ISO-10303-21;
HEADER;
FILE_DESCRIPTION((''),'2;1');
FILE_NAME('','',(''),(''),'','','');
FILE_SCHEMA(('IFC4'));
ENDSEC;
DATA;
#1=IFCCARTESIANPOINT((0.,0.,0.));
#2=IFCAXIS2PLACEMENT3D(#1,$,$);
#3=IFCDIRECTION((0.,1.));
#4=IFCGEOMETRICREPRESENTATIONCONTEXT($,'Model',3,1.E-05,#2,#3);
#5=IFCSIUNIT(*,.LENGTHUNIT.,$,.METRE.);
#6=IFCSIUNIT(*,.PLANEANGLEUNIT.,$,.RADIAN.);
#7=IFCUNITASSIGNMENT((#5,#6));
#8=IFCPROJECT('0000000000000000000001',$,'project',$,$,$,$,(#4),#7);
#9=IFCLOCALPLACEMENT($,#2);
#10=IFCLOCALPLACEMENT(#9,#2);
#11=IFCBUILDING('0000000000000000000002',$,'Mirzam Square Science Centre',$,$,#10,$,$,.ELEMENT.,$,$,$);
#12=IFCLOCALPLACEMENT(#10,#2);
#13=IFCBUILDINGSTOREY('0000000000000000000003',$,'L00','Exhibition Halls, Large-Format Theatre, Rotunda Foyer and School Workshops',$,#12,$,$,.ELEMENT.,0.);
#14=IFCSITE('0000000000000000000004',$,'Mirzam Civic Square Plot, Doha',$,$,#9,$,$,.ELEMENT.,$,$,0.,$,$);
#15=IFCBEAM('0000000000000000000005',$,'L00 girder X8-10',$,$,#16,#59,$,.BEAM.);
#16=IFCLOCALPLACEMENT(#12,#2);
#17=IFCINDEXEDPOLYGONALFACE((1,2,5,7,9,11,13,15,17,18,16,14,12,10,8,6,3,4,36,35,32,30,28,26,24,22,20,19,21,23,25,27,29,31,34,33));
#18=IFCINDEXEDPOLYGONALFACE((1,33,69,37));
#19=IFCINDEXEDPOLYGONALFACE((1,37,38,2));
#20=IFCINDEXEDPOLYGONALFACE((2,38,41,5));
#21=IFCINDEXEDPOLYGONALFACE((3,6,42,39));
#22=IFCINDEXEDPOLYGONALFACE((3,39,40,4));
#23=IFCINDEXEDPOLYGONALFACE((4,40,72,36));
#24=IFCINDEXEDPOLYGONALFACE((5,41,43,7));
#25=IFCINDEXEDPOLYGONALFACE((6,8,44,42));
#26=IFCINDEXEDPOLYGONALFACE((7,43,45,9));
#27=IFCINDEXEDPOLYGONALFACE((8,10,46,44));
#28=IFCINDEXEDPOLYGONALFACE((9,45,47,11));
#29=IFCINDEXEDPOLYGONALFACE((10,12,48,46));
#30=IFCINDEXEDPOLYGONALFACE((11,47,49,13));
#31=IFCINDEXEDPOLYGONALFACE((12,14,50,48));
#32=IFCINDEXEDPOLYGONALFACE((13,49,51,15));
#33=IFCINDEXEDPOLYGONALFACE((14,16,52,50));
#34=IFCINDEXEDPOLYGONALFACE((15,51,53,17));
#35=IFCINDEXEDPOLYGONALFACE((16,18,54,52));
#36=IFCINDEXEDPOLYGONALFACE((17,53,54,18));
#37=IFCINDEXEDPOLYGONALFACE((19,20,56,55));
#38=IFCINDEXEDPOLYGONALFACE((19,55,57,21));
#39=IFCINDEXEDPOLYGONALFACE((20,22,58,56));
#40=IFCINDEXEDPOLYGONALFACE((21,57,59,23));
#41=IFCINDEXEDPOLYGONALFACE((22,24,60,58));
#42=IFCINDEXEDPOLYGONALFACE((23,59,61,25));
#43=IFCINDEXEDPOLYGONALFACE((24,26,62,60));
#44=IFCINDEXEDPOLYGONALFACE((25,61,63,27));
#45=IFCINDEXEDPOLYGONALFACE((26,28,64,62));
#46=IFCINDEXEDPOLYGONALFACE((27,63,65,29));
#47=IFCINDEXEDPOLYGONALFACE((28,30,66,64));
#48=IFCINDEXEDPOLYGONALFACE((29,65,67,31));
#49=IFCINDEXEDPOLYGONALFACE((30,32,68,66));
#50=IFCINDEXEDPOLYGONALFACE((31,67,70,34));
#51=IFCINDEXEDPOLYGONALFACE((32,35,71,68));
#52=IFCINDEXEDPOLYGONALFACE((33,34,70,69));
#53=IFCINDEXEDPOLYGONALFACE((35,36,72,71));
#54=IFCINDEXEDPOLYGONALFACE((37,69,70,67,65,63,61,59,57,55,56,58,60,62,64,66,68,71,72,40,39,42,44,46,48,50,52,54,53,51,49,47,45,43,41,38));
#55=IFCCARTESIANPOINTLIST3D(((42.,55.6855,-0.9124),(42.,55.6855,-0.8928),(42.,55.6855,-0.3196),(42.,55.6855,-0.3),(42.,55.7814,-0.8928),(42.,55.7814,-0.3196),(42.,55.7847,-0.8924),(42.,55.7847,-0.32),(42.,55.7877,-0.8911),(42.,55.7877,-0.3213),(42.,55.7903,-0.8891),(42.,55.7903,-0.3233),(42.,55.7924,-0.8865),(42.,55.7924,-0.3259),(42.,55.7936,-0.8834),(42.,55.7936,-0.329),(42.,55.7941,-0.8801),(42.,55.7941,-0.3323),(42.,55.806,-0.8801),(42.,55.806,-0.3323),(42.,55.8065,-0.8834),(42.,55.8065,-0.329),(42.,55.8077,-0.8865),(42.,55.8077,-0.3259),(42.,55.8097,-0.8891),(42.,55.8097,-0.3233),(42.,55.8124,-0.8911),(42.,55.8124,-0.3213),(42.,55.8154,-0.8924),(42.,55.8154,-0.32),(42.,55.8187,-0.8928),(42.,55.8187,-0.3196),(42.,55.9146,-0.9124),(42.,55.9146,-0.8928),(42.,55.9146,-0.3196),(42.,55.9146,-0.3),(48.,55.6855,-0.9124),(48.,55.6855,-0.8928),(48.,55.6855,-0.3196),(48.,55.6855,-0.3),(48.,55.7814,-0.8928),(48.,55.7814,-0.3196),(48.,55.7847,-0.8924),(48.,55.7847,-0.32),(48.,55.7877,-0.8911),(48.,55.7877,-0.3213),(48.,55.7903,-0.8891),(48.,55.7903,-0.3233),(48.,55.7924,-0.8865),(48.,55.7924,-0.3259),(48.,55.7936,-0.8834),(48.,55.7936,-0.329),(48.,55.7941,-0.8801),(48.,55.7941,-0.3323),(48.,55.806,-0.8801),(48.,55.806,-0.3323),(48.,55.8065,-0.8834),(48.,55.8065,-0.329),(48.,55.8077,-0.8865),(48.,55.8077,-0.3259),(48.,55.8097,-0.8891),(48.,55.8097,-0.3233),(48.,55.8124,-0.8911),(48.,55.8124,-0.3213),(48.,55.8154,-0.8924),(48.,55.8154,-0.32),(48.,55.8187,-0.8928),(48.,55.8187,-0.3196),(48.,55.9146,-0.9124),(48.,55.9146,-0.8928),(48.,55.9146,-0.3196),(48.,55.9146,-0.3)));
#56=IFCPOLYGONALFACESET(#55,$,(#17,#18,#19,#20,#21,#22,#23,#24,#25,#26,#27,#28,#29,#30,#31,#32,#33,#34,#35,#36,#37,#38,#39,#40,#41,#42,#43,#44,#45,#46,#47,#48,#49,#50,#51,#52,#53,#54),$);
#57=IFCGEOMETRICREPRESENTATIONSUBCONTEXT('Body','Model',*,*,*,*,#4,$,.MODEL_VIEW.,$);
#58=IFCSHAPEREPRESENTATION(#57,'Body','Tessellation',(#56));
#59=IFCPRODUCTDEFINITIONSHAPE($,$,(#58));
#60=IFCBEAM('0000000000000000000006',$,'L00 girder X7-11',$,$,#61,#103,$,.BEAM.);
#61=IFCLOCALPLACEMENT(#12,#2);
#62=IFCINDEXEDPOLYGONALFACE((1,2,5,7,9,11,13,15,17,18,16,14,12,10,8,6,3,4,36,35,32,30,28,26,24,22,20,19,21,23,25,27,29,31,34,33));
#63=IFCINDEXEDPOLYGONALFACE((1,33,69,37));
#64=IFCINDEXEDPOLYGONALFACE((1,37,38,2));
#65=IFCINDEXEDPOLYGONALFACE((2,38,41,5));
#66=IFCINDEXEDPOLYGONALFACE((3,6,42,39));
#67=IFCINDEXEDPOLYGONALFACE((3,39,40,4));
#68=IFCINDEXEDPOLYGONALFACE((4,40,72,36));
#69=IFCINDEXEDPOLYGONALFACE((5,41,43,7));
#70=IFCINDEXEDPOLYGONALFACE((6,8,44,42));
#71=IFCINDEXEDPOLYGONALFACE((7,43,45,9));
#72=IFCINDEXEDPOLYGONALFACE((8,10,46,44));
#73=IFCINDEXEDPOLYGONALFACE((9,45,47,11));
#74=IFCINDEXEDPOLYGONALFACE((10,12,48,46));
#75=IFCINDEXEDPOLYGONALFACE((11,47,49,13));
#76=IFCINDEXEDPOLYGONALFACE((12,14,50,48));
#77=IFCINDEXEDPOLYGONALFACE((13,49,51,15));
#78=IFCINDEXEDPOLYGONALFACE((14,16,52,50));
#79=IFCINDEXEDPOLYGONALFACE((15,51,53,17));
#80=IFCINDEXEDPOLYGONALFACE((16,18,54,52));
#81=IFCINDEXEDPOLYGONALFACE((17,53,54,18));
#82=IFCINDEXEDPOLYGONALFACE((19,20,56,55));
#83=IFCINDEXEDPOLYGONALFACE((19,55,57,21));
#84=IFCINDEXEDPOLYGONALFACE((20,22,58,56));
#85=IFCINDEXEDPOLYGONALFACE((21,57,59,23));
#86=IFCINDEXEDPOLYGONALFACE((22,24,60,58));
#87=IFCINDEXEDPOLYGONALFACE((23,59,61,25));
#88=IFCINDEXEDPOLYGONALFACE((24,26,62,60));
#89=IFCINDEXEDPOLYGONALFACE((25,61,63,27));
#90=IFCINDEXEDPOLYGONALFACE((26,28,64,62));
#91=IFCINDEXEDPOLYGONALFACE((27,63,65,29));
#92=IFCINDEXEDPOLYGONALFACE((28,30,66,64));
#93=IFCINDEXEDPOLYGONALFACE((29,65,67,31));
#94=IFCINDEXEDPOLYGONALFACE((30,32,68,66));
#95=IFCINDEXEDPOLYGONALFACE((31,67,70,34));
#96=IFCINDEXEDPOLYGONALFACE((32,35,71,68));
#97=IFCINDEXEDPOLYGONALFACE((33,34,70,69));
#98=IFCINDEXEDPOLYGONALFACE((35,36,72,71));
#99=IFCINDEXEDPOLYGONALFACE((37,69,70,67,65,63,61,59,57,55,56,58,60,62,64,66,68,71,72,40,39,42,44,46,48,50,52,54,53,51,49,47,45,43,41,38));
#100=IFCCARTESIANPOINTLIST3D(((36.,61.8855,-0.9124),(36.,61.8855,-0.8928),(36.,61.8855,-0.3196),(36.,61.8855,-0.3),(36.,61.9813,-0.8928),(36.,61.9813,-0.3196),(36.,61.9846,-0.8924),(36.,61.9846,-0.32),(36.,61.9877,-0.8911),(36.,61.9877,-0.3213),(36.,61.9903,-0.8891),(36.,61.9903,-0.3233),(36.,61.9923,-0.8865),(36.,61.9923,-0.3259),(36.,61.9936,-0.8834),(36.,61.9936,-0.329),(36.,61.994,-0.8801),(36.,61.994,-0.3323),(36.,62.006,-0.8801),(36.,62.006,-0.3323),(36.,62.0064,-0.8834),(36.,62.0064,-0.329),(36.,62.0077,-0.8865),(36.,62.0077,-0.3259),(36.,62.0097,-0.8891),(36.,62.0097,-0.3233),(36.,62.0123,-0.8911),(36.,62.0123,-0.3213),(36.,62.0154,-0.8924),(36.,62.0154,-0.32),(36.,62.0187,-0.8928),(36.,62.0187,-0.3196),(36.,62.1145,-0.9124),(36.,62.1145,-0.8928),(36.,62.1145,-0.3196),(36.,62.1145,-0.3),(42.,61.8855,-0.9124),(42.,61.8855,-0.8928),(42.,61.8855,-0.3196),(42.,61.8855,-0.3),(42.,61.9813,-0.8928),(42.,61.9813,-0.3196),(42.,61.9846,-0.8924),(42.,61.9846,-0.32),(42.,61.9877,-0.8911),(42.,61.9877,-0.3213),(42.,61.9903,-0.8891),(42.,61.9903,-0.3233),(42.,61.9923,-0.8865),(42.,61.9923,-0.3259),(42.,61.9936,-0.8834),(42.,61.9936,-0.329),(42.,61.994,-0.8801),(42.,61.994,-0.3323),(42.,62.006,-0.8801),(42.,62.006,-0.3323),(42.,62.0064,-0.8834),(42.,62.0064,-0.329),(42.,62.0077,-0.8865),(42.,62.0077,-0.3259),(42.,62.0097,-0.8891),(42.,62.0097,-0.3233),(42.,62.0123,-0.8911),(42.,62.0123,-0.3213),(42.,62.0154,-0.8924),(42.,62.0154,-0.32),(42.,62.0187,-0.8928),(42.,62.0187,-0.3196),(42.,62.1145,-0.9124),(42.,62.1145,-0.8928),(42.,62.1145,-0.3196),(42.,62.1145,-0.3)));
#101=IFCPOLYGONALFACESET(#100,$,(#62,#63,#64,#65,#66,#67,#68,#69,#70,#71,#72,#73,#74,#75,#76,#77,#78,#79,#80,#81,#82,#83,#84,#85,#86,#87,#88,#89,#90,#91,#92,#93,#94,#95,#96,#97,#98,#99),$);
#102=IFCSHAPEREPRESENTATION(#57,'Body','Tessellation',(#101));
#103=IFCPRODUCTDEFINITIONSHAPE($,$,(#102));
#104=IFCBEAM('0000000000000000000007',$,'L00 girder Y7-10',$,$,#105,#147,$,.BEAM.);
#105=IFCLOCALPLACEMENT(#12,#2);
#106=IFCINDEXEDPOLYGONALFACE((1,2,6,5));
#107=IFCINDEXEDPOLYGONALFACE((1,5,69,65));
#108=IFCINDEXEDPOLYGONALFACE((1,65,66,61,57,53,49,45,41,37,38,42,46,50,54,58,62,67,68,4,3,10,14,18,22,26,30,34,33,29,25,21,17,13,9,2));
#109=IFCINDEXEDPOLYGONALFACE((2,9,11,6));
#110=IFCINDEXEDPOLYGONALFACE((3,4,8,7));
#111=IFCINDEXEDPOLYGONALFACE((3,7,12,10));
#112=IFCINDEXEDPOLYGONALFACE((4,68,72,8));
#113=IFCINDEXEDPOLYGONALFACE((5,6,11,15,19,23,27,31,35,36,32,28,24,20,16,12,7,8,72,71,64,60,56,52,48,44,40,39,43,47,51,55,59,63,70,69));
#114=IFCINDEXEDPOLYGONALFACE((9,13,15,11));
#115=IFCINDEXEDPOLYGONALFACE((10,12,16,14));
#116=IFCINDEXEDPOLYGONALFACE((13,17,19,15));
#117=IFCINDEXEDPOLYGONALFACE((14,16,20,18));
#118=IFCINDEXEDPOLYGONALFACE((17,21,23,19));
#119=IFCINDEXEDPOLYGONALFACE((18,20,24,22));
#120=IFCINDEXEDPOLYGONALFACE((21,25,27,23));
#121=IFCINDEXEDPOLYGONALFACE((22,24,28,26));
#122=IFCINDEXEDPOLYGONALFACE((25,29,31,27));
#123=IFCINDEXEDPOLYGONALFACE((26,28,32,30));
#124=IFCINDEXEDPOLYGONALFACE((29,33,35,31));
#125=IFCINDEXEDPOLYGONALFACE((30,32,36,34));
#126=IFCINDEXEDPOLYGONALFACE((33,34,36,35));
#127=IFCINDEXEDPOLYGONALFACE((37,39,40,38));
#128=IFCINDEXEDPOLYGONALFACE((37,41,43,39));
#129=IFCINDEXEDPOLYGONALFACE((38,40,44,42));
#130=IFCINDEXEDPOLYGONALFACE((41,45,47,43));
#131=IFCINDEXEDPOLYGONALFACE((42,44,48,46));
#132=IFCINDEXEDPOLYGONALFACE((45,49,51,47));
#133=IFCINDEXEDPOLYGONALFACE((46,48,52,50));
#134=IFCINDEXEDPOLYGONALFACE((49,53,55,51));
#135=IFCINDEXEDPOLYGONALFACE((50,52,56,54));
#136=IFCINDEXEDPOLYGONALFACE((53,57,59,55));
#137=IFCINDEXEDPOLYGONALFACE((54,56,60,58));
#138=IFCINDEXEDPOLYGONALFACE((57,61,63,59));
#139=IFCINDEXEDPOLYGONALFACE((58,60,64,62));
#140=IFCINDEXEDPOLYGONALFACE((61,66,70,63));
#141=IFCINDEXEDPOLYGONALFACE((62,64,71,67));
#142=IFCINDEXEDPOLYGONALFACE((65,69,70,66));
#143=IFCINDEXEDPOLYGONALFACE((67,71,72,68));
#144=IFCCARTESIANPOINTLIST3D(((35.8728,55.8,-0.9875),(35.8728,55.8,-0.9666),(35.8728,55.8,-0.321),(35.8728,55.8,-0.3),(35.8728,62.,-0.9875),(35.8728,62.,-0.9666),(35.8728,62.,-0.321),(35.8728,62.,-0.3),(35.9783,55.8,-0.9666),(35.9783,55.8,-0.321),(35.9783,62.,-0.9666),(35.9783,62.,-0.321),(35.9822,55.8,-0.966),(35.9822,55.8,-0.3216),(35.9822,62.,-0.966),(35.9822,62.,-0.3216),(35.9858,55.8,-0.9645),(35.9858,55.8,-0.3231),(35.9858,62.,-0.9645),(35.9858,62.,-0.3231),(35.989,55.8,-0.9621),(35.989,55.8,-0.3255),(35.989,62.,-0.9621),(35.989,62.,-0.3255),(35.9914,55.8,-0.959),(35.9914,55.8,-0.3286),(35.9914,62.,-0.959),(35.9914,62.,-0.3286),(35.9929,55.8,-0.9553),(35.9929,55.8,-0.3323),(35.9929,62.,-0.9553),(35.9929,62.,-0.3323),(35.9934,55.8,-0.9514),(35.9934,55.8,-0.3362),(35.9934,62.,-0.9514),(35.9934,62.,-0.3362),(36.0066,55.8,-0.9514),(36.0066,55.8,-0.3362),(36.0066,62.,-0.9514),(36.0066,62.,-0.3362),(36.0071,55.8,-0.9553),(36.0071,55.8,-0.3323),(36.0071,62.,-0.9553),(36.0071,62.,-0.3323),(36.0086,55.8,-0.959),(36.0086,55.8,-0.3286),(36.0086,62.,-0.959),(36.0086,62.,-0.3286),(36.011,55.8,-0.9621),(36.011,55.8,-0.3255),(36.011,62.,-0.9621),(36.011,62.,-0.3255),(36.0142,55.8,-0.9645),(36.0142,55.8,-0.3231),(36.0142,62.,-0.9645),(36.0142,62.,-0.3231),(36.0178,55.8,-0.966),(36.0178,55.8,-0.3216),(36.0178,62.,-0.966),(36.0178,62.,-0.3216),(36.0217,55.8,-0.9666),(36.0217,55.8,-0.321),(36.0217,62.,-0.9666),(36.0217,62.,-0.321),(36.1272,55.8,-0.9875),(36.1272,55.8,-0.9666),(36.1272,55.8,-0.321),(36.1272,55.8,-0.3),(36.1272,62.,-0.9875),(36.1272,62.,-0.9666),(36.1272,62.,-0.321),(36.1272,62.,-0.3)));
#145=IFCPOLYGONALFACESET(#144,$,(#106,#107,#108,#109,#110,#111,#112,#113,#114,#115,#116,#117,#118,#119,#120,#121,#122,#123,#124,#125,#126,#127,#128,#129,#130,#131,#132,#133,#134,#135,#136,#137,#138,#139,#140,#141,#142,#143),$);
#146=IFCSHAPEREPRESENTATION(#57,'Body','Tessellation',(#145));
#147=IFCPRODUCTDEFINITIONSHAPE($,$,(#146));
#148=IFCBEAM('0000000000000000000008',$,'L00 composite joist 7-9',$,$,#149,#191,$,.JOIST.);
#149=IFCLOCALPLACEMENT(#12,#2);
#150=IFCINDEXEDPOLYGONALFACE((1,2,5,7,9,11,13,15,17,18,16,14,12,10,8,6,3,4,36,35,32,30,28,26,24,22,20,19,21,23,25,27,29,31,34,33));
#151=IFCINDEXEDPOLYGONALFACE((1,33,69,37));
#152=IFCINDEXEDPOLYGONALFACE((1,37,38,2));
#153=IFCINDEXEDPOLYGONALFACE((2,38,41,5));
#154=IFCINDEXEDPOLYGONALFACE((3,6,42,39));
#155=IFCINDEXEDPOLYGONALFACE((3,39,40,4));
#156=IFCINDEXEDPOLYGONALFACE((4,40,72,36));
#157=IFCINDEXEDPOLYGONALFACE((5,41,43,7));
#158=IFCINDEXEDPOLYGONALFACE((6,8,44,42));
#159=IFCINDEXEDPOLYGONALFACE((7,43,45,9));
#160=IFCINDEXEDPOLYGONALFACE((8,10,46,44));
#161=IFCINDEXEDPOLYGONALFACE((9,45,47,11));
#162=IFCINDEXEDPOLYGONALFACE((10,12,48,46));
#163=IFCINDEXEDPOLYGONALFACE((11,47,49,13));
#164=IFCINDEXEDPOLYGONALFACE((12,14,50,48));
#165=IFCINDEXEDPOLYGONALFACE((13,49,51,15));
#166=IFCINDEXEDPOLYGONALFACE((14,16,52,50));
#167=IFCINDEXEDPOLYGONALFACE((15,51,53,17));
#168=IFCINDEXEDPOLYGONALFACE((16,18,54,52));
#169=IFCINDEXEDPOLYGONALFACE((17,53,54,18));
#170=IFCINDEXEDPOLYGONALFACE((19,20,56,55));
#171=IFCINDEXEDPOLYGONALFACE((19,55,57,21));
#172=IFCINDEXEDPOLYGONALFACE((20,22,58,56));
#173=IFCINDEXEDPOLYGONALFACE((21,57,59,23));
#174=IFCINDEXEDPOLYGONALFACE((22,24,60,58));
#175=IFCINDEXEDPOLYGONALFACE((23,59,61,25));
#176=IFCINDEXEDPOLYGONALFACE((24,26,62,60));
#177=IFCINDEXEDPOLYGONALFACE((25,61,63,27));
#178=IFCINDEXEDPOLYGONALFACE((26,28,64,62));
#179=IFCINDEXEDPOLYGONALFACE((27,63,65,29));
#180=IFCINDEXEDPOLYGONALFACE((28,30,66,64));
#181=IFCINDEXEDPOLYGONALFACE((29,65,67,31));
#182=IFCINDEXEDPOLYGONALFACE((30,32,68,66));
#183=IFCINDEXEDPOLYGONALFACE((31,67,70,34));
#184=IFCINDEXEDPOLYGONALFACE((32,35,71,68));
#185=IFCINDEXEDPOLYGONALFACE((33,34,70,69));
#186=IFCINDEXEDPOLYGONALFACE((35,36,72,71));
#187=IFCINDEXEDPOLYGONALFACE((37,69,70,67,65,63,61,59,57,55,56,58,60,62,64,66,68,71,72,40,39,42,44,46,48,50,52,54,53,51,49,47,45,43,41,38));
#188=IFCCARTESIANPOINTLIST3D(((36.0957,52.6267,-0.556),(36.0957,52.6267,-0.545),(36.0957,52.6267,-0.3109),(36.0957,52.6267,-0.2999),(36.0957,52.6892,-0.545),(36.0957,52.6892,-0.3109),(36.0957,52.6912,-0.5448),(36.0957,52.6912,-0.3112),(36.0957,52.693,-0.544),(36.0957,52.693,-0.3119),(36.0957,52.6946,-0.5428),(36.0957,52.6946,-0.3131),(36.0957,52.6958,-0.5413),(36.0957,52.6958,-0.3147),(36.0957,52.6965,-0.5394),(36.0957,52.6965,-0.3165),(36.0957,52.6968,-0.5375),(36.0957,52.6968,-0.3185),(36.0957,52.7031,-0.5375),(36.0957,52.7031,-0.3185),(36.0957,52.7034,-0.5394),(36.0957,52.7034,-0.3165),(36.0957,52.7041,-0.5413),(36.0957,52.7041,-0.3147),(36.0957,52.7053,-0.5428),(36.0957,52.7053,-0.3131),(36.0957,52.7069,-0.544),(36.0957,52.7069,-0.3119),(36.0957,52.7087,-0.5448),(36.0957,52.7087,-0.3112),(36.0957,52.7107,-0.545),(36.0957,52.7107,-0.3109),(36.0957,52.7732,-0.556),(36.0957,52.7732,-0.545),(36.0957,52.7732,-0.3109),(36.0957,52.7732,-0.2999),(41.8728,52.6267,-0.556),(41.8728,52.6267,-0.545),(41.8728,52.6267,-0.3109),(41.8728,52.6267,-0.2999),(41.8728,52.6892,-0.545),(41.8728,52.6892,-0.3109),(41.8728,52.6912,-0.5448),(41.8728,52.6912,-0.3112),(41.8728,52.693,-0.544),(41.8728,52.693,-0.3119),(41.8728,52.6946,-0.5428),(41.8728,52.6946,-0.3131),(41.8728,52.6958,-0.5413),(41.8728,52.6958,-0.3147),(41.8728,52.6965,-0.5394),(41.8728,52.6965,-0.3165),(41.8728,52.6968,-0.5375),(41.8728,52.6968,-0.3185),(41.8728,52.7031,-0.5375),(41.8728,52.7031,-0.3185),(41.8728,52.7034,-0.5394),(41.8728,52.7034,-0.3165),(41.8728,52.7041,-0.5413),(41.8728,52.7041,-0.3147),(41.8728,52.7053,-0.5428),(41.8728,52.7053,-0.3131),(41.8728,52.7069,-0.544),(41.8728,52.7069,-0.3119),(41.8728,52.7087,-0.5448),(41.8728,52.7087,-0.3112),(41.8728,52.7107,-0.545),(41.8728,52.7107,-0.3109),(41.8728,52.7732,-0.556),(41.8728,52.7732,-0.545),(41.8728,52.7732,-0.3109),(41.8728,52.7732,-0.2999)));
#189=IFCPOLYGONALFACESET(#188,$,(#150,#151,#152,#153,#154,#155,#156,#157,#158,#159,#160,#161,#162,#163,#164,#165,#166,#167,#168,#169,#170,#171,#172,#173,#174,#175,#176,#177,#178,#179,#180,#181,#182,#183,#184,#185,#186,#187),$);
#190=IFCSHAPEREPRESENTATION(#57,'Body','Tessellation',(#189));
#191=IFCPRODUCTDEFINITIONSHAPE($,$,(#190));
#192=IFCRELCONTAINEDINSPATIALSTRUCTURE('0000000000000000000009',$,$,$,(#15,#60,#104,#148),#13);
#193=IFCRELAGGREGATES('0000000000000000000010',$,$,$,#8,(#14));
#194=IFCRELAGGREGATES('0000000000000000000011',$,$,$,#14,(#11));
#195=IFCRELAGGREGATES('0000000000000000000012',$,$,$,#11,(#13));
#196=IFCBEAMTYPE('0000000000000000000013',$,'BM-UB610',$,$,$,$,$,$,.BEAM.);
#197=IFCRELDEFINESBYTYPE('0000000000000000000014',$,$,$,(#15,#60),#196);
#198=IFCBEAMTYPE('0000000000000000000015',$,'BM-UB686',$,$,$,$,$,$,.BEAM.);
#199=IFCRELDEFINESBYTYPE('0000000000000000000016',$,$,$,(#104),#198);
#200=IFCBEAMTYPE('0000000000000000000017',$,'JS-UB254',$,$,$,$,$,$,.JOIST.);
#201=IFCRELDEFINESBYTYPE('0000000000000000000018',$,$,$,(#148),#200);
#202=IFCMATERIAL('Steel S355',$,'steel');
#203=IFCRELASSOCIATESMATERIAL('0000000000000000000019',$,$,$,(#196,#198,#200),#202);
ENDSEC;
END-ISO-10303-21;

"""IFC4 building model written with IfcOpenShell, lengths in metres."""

from ifc_helpers import new_model, si_unit, direction, frame, origin, origin_2d, place, context, subcontext, project, spatial, i_section, extrude, material, material_profile, profile_set, type_object, element, save


model = new_model("IFC4")

# Units and contexts
model_context = context("Model", 3, precision=1e-05, world=origin(), true_north=direction((0.0, 1.0)))
body_context = subcontext(model_context, "Body", "Model", "MODEL_VIEW")
ifc_project = project(units=[si_unit("LENGTHUNIT", "METRE"), si_unit("PLANEANGLEUNIT", "RADIAN")], contexts=[model_context])

# Site, building, storey
site_placement = place(None, origin())
site = spatial("IfcSite", under=ifc_project, at=site_placement, Name="Mirzam Civic Square Plot, Doha", CompositionType="ELEMENT", RefElevation=0.0)
building_placement = place(site_placement, origin())
building = spatial("IfcBuilding", under=site, at=building_placement, Name="Mirzam Square Science Centre", CompositionType="ELEMENT")
storey_placement = place(building_placement, origin())
storey = spatial("IfcBuildingStorey", under=building, at=storey_placement, Name="L00", Description="Exhibition Halls, Large-Format Theatre, Rotunda Foyer and School Workshops", CompositionType="ELEMENT", Elevation=0.0)

# Shared definitions
ifc_material_1 = material(Name="Steel S355", Category="steel")

# Beams
ifc_material_profile_1 = material_profile(ifc_material_1, i_section(OverallWidth=0.229, OverallDepth=0.6123, WebThickness=0.012, FlangeThickness=0.0195, FilletRadius=0.0127, at=origin_2d()), Name="610x229x125UB")
ifc_profile_set_1 = profile_set([ifc_material_profile_1], Name="Steel S355")
beam_type_1 = type_object("IfcBeamType", Name="BM-UB610", PredefinedType="BEAM", material=ifc_profile_set_1)
for number, where, z_axis, x_axis, name in (
    (1, (42.0, 55.8, -0.6062), (1.0, 0.0, 0.0), (0.0, 1.0, 0.0), "L00 girder X8-10"),
    (2, (36.0, 62.0, -0.6062), (1.0, 0.0, 0.0), (0.0, 1.0, 0.0), "L00 girder X7-11"),
):
    element("IfcBeam", number, at=place(storey_placement, frame(where, z_axis=z_axis, x_axis=x_axis)), inside=storey, type_object=beam_type_1, Name=name, PredefinedType="BEAM", context=body_context, shape_type="SweptSolid", body=[
        extrude(i_section(OverallWidth=0.229, OverallDepth=0.6123, WebThickness=0.012, FlangeThickness=0.0195, FilletRadius=0.0127, at=origin_2d()), origin(), (0.0, 0.0, 1.0), 6.0),
    ])
ifc_material_profile_2 = material_profile(ifc_material_1, i_section(OverallWidth=0.2544, OverallDepth=0.6875, WebThickness=0.0132, FlangeThickness=0.021, FilletRadius=0.0151, at=origin_2d()), Name="686x254x152UB")
ifc_profile_set_2 = profile_set([ifc_material_profile_2], Name="Steel S355")
beam_type_2 = type_object("IfcBeamType", Name="BM-UB686", PredefinedType="BEAM", material=ifc_profile_set_2)
beam_1_placement = place(storey_placement, frame((36.0, 55.8, -0.6438), z_axis=(0.0, 1.0, 0.0), x_axis=(-1.0, 0.0, 0.0)))
element("IfcBeam", 3, at=beam_1_placement, inside=storey, type_object=beam_type_2, Name="L00 girder Y7-10", PredefinedType="BEAM", context=body_context, shape_type="SweptSolid", body=[
    extrude(i_section(OverallWidth=0.2544, OverallDepth=0.6875, WebThickness=0.0132, FlangeThickness=0.021, FilletRadius=0.0151, at=origin_2d()), origin(), (0.0, 0.0, 1.0), 6.2),
])
ifc_material_profile_3 = material_profile(ifc_material_1, i_section(OverallWidth=0.1465, OverallDepth=0.2561, WebThickness=0.0063, FlangeThickness=0.011, FilletRadius=0.0076, at=origin_2d()), Name="254x146x37UB")
ifc_profile_set_3 = profile_set([ifc_material_profile_3], Name="Steel S355")
beam_type_3 = type_object("IfcBeamType", Name="JS-UB254", PredefinedType="JOIST", material=ifc_profile_set_3)
beam_2_placement = place(storey_placement, frame((36.0957, 52.7, -0.428), z_axis=(1.0, 0.0, 0.0), x_axis=(0.0, 1.0, 0.0)))
element("IfcBeam", 4, at=beam_2_placement, inside=storey, type_object=beam_type_3, Name="L00 composite joist 7-9", PredefinedType="JOIST", context=body_context, shape_type="SweptSolid", body=[
    extrude(i_section(OverallWidth=0.1465, OverallDepth=0.2561, WebThickness=0.0063, FlangeThickness=0.011, FilletRadius=0.0076, at=origin_2d()), origin(), (0.0, 0.0, 1.0), 5.7771),
])

save(model, "model.ifc")
